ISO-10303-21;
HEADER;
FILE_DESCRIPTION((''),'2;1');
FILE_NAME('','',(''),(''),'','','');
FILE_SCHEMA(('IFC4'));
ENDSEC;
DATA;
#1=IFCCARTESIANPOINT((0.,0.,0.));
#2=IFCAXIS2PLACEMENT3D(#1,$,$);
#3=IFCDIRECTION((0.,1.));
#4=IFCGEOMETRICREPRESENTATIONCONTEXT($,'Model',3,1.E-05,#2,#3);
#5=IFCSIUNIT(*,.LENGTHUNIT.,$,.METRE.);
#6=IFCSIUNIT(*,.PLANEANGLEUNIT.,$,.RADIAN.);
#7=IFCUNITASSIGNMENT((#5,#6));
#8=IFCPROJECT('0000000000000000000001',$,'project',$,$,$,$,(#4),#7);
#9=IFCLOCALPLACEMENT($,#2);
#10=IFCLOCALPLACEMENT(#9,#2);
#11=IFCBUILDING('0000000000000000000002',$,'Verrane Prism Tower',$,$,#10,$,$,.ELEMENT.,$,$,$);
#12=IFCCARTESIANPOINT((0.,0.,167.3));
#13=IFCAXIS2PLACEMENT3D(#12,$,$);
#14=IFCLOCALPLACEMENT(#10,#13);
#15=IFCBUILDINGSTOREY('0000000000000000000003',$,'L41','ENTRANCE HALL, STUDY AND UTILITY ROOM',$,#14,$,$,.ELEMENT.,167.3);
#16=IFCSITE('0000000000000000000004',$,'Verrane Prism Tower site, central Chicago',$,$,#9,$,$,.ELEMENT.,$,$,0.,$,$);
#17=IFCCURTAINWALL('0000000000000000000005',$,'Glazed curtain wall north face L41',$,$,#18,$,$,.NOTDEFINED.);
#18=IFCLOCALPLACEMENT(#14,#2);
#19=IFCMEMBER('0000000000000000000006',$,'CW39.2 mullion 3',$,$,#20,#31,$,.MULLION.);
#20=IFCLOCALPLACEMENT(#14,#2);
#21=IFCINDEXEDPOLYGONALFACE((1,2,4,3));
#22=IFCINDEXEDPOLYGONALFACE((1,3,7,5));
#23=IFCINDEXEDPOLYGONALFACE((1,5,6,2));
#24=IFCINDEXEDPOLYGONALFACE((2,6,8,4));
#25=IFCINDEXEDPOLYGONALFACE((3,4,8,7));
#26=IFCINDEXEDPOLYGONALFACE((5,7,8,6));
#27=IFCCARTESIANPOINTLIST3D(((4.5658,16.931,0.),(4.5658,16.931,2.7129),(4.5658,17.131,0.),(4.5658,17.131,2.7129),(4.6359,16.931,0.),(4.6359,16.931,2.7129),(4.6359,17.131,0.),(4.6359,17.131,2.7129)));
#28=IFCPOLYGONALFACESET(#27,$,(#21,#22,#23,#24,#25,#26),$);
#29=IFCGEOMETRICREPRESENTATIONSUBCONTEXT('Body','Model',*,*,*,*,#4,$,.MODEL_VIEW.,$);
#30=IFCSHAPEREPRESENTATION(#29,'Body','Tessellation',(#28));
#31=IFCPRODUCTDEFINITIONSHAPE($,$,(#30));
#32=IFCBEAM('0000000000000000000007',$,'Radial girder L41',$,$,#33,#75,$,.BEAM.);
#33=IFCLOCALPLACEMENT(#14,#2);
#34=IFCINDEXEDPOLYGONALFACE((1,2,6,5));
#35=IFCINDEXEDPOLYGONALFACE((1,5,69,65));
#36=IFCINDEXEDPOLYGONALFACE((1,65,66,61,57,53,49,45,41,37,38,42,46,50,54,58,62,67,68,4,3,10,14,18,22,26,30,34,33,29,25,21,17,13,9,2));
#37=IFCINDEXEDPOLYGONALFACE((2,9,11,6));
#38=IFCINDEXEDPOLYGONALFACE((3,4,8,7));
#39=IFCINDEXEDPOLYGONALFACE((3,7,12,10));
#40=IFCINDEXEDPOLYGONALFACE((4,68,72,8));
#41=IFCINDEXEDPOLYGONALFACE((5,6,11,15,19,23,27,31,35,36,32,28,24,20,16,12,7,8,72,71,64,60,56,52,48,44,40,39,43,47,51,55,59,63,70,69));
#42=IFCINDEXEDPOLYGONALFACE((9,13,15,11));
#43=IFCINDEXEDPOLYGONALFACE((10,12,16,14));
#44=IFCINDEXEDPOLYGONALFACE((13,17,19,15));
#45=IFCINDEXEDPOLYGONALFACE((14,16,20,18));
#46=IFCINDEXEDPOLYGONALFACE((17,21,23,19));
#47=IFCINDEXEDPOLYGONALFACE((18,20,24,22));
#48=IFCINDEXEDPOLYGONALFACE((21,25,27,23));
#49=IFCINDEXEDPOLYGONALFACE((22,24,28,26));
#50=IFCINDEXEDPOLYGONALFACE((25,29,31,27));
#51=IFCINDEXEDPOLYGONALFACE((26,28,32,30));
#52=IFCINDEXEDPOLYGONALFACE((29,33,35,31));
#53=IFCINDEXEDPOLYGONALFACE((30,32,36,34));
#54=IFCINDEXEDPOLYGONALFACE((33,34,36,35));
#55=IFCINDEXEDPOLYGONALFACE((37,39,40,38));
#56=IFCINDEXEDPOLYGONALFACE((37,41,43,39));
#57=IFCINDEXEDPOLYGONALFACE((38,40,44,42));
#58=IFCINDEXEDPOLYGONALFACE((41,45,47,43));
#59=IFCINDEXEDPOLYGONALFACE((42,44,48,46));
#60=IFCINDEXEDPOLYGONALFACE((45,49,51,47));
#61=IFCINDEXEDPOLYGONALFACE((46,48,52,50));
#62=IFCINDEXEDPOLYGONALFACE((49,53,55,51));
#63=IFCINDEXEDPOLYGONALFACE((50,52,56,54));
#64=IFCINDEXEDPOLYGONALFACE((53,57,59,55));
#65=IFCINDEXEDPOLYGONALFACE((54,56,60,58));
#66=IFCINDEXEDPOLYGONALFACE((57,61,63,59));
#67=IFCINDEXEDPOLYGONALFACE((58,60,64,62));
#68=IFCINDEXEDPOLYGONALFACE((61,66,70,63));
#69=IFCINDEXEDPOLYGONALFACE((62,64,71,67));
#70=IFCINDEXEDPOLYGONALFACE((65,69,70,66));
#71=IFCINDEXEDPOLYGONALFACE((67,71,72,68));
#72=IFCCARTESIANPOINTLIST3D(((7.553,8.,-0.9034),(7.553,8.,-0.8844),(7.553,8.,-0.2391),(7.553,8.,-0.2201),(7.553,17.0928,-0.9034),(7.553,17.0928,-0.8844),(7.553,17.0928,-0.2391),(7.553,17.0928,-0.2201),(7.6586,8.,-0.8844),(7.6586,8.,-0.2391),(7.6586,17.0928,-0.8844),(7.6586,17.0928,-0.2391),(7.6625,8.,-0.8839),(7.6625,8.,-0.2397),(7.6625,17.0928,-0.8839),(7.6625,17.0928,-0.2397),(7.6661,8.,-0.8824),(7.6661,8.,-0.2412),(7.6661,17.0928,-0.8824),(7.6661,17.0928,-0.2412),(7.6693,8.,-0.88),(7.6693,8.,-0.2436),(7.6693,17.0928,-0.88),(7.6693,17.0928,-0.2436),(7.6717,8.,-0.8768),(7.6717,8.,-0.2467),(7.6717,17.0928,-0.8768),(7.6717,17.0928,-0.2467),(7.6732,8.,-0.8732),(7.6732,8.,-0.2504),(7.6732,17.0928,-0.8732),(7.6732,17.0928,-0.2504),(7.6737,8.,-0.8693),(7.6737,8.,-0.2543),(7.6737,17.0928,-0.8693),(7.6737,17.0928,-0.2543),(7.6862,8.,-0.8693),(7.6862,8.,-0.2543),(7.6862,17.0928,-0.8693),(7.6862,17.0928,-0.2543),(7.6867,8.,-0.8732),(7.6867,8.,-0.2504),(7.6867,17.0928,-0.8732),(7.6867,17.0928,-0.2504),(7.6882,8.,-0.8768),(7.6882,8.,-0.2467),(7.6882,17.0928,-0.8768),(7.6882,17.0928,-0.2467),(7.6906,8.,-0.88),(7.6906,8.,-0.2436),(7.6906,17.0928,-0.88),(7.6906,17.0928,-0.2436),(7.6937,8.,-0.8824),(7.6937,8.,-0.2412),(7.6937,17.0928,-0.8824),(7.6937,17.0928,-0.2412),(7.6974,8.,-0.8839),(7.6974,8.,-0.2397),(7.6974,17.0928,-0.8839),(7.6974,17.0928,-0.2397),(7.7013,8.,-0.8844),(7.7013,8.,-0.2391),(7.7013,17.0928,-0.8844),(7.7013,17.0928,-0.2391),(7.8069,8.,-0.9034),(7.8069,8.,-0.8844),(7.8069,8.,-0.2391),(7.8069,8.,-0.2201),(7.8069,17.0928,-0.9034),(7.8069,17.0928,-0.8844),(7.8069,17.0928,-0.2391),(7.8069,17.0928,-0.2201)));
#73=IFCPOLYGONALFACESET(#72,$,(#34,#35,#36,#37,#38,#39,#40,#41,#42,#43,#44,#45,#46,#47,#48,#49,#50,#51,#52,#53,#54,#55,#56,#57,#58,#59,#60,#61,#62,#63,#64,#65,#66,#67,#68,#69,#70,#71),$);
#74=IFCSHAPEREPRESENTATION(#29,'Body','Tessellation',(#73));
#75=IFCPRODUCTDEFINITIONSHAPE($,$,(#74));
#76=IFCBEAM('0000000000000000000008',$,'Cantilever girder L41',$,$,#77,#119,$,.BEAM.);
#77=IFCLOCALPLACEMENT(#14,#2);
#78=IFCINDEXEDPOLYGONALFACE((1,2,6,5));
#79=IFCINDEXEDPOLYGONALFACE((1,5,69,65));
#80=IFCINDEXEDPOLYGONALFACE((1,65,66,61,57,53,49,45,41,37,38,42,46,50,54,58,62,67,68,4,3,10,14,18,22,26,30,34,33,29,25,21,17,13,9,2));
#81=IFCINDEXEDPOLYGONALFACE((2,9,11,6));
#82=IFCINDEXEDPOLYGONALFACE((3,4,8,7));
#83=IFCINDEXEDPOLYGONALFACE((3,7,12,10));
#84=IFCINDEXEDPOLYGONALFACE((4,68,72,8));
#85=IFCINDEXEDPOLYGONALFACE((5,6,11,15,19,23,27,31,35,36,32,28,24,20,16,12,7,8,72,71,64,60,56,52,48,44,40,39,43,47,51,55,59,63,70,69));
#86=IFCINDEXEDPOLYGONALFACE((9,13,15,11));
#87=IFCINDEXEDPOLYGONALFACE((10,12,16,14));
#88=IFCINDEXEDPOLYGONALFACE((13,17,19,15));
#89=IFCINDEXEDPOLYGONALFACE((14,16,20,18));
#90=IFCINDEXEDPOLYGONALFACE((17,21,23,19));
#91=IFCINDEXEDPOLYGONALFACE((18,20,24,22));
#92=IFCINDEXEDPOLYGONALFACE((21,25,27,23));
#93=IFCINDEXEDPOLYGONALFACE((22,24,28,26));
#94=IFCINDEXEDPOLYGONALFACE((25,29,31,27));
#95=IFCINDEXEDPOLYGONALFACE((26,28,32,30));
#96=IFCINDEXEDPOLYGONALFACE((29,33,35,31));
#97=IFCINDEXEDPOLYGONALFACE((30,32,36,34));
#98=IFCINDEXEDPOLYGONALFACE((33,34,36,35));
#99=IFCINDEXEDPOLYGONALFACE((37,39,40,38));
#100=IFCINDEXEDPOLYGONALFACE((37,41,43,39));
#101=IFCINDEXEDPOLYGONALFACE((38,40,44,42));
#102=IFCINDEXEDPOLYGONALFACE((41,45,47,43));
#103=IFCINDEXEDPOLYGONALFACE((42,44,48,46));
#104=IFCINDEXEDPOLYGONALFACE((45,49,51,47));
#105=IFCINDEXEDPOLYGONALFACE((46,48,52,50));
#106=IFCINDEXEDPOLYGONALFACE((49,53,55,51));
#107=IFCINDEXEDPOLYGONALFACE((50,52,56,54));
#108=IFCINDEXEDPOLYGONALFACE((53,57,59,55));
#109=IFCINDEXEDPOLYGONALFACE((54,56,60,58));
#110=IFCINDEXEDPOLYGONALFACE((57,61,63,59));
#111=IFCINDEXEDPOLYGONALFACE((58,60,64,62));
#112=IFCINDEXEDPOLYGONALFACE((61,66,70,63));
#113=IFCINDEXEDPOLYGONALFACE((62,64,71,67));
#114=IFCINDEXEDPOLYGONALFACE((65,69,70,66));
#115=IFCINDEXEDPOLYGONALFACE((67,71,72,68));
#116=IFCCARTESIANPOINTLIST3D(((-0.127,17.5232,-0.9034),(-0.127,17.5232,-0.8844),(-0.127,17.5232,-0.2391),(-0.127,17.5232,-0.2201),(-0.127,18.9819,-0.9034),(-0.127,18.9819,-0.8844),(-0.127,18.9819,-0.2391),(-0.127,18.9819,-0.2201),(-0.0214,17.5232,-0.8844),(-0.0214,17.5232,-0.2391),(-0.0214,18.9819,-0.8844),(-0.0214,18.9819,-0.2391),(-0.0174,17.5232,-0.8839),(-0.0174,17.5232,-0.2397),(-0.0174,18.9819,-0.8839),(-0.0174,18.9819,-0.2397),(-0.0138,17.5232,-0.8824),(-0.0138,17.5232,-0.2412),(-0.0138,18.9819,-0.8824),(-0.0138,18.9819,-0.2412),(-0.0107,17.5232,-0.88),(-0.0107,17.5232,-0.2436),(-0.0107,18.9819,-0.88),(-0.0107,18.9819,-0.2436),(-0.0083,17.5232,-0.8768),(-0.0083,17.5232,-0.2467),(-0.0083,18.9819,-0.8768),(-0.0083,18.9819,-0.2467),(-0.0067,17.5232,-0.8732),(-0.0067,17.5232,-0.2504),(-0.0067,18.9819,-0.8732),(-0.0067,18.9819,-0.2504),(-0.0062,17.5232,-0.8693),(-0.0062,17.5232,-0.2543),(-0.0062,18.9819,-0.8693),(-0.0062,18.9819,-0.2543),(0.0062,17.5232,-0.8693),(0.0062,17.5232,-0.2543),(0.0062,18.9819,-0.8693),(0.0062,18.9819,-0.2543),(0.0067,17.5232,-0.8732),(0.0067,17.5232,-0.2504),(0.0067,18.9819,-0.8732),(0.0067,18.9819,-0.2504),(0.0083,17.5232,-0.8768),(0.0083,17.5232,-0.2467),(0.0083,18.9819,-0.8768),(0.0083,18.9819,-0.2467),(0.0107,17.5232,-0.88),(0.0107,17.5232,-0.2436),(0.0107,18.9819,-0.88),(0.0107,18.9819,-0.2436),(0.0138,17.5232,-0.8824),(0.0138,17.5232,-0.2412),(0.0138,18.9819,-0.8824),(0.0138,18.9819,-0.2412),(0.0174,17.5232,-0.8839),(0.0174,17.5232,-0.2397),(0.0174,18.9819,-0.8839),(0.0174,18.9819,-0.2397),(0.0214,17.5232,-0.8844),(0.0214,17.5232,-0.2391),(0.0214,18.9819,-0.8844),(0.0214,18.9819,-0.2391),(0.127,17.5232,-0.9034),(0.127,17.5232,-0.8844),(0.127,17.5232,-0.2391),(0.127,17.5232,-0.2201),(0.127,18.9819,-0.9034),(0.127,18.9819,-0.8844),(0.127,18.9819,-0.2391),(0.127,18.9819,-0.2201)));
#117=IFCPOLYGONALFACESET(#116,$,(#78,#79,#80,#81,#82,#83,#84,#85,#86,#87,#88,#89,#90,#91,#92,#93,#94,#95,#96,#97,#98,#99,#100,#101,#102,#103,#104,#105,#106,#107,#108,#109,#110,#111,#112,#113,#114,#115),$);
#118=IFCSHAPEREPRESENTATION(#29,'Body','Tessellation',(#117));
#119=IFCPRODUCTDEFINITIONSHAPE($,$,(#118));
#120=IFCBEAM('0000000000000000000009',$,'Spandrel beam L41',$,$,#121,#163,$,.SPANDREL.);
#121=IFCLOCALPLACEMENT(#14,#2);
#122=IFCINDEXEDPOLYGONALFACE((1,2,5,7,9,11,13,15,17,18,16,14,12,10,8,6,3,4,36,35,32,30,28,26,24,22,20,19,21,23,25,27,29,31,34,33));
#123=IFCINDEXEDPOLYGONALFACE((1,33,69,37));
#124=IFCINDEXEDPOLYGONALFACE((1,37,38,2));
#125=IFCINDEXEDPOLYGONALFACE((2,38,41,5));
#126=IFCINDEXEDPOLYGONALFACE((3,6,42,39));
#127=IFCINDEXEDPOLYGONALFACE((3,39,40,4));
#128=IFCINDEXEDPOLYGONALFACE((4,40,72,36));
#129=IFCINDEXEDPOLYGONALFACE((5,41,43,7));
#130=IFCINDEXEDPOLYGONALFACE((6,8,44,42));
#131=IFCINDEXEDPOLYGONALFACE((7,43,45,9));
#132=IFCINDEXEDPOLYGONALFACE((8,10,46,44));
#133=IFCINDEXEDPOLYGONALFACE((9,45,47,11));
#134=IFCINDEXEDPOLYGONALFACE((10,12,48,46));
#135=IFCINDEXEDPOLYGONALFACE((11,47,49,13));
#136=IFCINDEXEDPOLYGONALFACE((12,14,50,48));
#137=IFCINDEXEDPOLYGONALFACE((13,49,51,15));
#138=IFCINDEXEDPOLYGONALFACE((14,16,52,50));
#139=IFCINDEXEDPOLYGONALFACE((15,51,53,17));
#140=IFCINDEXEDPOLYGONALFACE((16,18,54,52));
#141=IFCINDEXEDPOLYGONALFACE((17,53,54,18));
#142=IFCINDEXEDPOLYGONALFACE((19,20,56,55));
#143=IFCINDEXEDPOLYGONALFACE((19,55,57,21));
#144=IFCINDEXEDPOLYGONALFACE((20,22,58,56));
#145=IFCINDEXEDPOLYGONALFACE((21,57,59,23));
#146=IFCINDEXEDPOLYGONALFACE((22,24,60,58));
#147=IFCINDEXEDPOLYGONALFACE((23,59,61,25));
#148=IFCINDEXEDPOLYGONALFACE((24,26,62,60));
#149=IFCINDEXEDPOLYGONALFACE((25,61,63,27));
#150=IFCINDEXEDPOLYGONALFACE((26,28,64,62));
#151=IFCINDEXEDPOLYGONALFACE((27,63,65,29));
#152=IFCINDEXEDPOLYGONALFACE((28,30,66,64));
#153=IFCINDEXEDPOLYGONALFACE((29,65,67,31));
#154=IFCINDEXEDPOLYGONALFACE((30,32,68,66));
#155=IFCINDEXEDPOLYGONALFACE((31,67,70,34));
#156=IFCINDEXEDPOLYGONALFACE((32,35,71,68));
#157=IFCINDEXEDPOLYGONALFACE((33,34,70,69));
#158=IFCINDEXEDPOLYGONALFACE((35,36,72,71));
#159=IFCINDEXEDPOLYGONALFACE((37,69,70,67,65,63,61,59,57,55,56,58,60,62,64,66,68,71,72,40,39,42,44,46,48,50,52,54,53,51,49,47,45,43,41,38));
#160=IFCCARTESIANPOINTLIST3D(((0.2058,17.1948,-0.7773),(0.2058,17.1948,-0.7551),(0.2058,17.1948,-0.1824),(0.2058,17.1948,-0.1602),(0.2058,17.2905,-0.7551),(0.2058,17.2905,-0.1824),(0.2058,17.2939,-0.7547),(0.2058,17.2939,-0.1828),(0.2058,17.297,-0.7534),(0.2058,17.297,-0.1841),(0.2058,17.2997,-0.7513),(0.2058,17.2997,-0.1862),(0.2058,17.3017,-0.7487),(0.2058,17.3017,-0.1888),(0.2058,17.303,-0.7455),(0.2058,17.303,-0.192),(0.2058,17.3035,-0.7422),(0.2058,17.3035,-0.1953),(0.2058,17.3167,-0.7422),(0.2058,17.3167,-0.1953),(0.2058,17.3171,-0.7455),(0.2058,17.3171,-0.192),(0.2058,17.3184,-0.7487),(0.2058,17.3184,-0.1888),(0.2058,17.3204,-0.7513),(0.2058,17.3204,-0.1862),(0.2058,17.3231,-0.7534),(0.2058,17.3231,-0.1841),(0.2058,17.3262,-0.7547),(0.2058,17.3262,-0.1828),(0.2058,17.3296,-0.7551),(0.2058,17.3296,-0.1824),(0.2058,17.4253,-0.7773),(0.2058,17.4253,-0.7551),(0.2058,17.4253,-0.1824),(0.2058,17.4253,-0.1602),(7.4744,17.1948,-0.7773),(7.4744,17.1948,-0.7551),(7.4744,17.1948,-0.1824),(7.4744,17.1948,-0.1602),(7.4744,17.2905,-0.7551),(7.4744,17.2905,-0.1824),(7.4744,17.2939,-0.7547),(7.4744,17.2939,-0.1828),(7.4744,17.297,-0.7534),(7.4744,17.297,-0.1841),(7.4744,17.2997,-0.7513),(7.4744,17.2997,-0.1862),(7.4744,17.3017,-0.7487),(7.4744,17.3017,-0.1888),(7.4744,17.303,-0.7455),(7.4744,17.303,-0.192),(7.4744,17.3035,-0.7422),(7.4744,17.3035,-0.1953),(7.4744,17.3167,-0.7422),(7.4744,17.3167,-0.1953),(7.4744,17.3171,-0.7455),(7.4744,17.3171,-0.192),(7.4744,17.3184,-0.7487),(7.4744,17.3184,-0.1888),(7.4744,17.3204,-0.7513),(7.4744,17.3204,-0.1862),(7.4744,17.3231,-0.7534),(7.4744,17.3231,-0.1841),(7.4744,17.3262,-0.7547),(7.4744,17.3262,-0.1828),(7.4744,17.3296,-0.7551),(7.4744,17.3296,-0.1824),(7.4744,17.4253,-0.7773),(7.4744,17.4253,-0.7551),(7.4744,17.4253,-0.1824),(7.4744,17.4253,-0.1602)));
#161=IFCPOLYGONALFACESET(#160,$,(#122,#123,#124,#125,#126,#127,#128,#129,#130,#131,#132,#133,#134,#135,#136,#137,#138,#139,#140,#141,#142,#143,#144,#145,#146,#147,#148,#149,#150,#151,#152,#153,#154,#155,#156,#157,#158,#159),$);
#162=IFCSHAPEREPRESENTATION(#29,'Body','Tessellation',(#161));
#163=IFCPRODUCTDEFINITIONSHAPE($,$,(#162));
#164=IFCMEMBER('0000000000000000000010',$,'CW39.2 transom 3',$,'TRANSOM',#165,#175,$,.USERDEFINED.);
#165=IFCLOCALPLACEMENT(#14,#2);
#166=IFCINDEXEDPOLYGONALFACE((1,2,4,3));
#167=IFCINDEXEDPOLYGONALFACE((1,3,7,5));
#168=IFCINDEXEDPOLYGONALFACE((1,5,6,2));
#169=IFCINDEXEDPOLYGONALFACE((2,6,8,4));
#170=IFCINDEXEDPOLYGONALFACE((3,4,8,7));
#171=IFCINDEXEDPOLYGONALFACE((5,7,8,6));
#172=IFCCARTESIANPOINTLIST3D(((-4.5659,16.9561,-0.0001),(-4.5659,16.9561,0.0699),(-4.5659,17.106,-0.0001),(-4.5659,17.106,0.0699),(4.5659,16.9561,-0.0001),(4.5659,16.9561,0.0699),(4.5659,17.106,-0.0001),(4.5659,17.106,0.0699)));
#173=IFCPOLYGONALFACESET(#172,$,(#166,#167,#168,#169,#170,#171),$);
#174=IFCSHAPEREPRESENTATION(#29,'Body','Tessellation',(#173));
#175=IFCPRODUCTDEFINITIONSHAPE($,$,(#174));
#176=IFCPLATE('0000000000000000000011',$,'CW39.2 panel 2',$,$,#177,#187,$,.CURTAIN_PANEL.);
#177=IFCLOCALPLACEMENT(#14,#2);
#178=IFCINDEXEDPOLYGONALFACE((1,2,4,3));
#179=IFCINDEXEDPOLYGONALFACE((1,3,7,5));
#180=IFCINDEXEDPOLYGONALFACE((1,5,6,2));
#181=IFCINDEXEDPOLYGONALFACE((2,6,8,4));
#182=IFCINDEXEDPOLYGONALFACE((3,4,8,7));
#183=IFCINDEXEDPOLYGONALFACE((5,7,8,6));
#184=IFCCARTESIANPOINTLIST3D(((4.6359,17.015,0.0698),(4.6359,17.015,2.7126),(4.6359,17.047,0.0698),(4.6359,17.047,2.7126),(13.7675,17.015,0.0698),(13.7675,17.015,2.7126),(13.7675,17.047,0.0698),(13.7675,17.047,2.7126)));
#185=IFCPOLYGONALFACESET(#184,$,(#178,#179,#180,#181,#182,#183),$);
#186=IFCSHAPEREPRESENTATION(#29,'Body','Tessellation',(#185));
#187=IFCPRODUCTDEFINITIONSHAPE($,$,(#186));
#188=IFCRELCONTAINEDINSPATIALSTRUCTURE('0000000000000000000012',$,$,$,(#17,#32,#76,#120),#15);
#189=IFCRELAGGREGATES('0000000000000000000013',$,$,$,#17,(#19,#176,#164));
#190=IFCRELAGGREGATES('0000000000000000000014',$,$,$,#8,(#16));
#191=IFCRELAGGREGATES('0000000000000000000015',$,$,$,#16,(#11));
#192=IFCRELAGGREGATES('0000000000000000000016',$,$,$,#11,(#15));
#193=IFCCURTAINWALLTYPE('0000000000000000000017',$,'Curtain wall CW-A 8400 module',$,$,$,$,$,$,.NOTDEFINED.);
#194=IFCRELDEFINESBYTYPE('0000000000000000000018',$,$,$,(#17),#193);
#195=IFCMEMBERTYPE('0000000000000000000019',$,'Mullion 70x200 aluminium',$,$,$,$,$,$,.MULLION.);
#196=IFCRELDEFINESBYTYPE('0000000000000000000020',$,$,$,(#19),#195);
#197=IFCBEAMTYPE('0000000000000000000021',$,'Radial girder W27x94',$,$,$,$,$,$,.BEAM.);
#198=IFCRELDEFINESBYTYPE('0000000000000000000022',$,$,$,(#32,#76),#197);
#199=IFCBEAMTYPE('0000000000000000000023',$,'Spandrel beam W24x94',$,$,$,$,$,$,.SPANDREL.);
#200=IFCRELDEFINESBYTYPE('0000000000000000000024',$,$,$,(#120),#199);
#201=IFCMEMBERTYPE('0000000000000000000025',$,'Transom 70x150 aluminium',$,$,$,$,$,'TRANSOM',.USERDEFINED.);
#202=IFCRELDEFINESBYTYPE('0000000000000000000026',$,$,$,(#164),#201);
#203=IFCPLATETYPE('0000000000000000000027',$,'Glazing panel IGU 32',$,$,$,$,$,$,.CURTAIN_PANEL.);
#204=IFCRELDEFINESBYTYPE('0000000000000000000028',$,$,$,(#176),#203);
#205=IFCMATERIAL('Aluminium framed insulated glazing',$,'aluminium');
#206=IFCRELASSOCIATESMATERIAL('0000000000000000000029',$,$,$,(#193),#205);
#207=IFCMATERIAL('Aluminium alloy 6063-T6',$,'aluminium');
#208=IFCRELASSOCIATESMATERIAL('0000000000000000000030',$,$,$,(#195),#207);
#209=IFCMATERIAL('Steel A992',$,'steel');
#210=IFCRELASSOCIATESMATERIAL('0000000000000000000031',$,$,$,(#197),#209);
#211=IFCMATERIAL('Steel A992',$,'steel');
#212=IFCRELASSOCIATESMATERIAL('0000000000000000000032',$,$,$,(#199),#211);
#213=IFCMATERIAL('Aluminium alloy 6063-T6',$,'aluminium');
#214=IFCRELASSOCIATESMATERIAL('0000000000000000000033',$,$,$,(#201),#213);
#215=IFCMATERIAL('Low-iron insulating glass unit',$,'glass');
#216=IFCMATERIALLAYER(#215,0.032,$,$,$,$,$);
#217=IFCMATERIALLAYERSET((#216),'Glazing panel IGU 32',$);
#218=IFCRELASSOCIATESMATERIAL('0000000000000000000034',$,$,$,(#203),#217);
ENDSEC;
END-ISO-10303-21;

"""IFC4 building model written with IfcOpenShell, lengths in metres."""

from ifc_helpers import new_model, si_unit, direction, frame, origin, origin_2d, place, context, subcontext, project, spatial, rectangle, i_section, extrude, material, layer, layer_set, material_profile, profile_set, type_object, element, aggregate, save


model = new_model("IFC4")

# Units and contexts
model_context = context("Model", 3, precision=1e-05, world=origin(), true_north=direction((0.0, 1.0)))
body_context = subcontext(model_context, "Body", "Model", "MODEL_VIEW")
ifc_project = project(units=[si_unit("LENGTHUNIT", "METRE"), si_unit("PLANEANGLEUNIT", "RADIAN")], contexts=[model_context])

# Site, building, storey
site_placement = place(None, origin())
site = spatial("IfcSite", under=ifc_project, at=site_placement, Name="Verrane Prism Tower site, central Chicago", CompositionType="ELEMENT", RefElevation=0.0)
building_placement = place(site_placement, origin())
building = spatial("IfcBuilding", under=site, at=building_placement, Name="Verrane Prism Tower", CompositionType="ELEMENT")
storey_placement = place(building_placement, frame((0.0, 0.0, 167.3)))
storey = spatial("IfcBuildingStorey", under=building, at=storey_placement, Name="L41", Description="ENTRANCE HALL, STUDY AND UTILITY ROOM", CompositionType="ELEMENT", Elevation=167.3)

# Curtain wall, member
ifc_material_1 = material(Name="Aluminium framed insulated glazing", Category="aluminium")
curtain_wall_type = type_object("IfcCurtainWallType", Name="Curtain wall CW-A 8400 module", PredefinedType="NOTDEFINED", material=ifc_material_1)
curtain_wall_placement = place(storey_placement, origin())
curtain_wall = element("IfcCurtainWall", 1, at=curtain_wall_placement, inside=storey, type_object=curtain_wall_type, Name="Glazed curtain wall north face L41", PredefinedType="NOTDEFINED")
ifc_material_2 = material(Name="Aluminium alloy 6063-T6", Category="aluminium")
ifc_material_profile_1 = material_profile(ifc_material_2, rectangle(XDim=0.2, YDim=0.0701, at=origin_2d()), Name="Mullion 70x200 aluminium")
ifc_profile_set_1 = profile_set([ifc_material_profile_1], Name="Aluminium alloy 6063-T6")
member_type_1 = type_object("IfcMemberType", Name="Mullion 70x200 aluminium", PredefinedType="MULLION", material=ifc_profile_set_1)
member_1_placement = place(storey_placement, frame((4.6008, 17.031, 0.0), z_axis=(0.0, 0.0, 1.0), x_axis=(0.0, -1.0, 0.0)))
member_1 = element("IfcMember", 2, at=member_1_placement, type_object=member_type_1, Name="CW39.2 mullion 3", PredefinedType="MULLION", context=body_context, shape_type="SweptSolid", body=[
    extrude(rectangle(XDim=0.2, YDim=0.0701, at=origin_2d()), origin(), (0.0, 0.0, 1.0), 2.7129),
])

# Beams
ifc_material_3 = material(Name="Steel A992", Category="steel")
ifc_material_profile_2 = material_profile(ifc_material_3, i_section(OverallWidth=0.2539, OverallDepth=0.6833, WebThickness=0.0125, FlangeThickness=0.019, FilletRadius=0.0151, at=origin_2d()), Name="W27x94")
ifc_profile_set_2 = profile_set([ifc_material_profile_2], Name="Steel A992")
beam_type_1 = type_object("IfcBeamType", Name="Radial girder W27x94", PredefinedType="BEAM", material=ifc_profile_set_2)
beam_1_placement = place(storey_placement, frame((7.6799, 17.0928, -0.5618), z_axis=(0.0, -1.0, 0.0), x_axis=(1.0, 0.0, 0.0)))
element("IfcBeam", 3, at=beam_1_placement, inside=storey, type_object=beam_type_1, Name="Radial girder L41", PredefinedType="BEAM", context=body_context, shape_type="SweptSolid", body=[
    extrude(i_section(OverallWidth=0.2539, OverallDepth=0.6833, WebThickness=0.0125, FlangeThickness=0.019, FilletRadius=0.0151, at=origin_2d()), origin(), (0.0, 0.0, 1.0), 9.0928),
])
beam_2_placement = place(storey_placement, frame((0.0, 17.5232, -0.5618), z_axis=(0.0, 1.0, 0.0), x_axis=(-1.0, 0.0, 0.0)))
element("IfcBeam", 4, at=beam_2_placement, inside=storey, type_object=beam_type_1, Name="Cantilever girder L41", PredefinedType="BEAM", context=body_context, shape_type="SweptSolid", body=[
    extrude(i_section(OverallWidth=0.2539, OverallDepth=0.6833, WebThickness=0.0125, FlangeThickness=0.019, FilletRadius=0.0151, at=origin_2d()), origin(), (0.0, 0.0, 1.0), 1.4587),
])
ifc_material_4 = material(Name="Steel A992", Category="steel")
ifc_material_profile_3 = material_profile(ifc_material_4, i_section(OverallWidth=0.2305, OverallDepth=0.6172, WebThickness=0.0132, FlangeThickness=0.0222, FilletRadius=0.0129, at=origin_2d()), Name="W24x94")
ifc_profile_set_3 = profile_set([ifc_material_profile_3], Name="Steel A992")
beam_type_2 = type_object("IfcBeamType", Name="Spandrel beam W24x94", PredefinedType="SPANDREL", material=ifc_profile_set_3)
beam_3_placement = place(storey_placement, frame((7.4744, 17.3101, -0.4688), z_axis=(-1.0, 0.0, 0.0), x_axis=(0.0, -1.0, 0.0)))
element("IfcBeam", 5, at=beam_3_placement, inside=storey, type_object=beam_type_2, Name="Spandrel beam L41", PredefinedType="SPANDREL", context=body_context, shape_type="SweptSolid", body=[
    extrude(i_section(OverallWidth=0.2305, OverallDepth=0.6172, WebThickness=0.0132, FlangeThickness=0.0222, FilletRadius=0.0129, at=origin_2d()), origin(), (0.0, 0.0, 1.0), 7.2686),
])

# Member
ifc_material_5 = material(Name="Aluminium alloy 6063-T6", Category="aluminium")
ifc_material_profile_4 = material_profile(ifc_material_5, rectangle(XDim=0.1499, YDim=0.0701, at=origin_2d()), Name="Transom 70x150 aluminium")
ifc_profile_set_4 = profile_set([ifc_material_profile_4], Name="Aluminium alloy 6063-T6")
member_type_2 = type_object("IfcMemberType", Name="Transom 70x150 aluminium", ElementType="TRANSOM", PredefinedType="USERDEFINED", material=ifc_profile_set_4)
member_2_placement = place(storey_placement, frame((4.5659, 17.031, 0.0349), z_axis=(-1.0, 0.0, 0.0), x_axis=(0.0, -1.0, 0.0)))
member_2 = element("IfcMember", 6, at=member_2_placement, type_object=member_type_2, Name="CW39.2 transom 3", ObjectType="TRANSOM", PredefinedType="USERDEFINED", context=body_context, shape_type="SweptSolid", body=[
    extrude(rectangle(XDim=0.1499, YDim=0.0701, at=origin_2d()), origin(), (0.0, 0.0, 1.0), 9.1318),
])

# Plate
ifc_material_6 = material(Name="Low-iron insulating glass unit", Category="glass")
ifc_layer_1 = layer(ifc_material_6, 0.032)
ifc_layer_set_1 = layer_set([ifc_layer_1], Name="Glazing panel IGU 32")
plate_type = type_object("IfcPlateType", Name="Glazing panel IGU 32", PredefinedType="CURTAIN_PANEL", material=ifc_layer_set_1)
plate_1_placement = place(storey_placement, frame((9.2017, 17.031, 0.0698), z_axis=(0.0, 0.0, 1.0), x_axis=(-1.0, 0.0, 0.0)))
plate_1 = element("IfcPlate", 7, at=plate_1_placement, type_object=plate_type, Name="CW39.2 panel 2", PredefinedType="CURTAIN_PANEL", context=body_context, shape_type="SweptSolid", body=[
    extrude(rectangle(XDim=9.1316, YDim=0.032, at=origin_2d()), origin(), (0.0, 0.0, 1.0), 2.6428),
])
aggregate(curtain_wall, [member_1, plate_1, member_2])

save(model, "model.ifc")
